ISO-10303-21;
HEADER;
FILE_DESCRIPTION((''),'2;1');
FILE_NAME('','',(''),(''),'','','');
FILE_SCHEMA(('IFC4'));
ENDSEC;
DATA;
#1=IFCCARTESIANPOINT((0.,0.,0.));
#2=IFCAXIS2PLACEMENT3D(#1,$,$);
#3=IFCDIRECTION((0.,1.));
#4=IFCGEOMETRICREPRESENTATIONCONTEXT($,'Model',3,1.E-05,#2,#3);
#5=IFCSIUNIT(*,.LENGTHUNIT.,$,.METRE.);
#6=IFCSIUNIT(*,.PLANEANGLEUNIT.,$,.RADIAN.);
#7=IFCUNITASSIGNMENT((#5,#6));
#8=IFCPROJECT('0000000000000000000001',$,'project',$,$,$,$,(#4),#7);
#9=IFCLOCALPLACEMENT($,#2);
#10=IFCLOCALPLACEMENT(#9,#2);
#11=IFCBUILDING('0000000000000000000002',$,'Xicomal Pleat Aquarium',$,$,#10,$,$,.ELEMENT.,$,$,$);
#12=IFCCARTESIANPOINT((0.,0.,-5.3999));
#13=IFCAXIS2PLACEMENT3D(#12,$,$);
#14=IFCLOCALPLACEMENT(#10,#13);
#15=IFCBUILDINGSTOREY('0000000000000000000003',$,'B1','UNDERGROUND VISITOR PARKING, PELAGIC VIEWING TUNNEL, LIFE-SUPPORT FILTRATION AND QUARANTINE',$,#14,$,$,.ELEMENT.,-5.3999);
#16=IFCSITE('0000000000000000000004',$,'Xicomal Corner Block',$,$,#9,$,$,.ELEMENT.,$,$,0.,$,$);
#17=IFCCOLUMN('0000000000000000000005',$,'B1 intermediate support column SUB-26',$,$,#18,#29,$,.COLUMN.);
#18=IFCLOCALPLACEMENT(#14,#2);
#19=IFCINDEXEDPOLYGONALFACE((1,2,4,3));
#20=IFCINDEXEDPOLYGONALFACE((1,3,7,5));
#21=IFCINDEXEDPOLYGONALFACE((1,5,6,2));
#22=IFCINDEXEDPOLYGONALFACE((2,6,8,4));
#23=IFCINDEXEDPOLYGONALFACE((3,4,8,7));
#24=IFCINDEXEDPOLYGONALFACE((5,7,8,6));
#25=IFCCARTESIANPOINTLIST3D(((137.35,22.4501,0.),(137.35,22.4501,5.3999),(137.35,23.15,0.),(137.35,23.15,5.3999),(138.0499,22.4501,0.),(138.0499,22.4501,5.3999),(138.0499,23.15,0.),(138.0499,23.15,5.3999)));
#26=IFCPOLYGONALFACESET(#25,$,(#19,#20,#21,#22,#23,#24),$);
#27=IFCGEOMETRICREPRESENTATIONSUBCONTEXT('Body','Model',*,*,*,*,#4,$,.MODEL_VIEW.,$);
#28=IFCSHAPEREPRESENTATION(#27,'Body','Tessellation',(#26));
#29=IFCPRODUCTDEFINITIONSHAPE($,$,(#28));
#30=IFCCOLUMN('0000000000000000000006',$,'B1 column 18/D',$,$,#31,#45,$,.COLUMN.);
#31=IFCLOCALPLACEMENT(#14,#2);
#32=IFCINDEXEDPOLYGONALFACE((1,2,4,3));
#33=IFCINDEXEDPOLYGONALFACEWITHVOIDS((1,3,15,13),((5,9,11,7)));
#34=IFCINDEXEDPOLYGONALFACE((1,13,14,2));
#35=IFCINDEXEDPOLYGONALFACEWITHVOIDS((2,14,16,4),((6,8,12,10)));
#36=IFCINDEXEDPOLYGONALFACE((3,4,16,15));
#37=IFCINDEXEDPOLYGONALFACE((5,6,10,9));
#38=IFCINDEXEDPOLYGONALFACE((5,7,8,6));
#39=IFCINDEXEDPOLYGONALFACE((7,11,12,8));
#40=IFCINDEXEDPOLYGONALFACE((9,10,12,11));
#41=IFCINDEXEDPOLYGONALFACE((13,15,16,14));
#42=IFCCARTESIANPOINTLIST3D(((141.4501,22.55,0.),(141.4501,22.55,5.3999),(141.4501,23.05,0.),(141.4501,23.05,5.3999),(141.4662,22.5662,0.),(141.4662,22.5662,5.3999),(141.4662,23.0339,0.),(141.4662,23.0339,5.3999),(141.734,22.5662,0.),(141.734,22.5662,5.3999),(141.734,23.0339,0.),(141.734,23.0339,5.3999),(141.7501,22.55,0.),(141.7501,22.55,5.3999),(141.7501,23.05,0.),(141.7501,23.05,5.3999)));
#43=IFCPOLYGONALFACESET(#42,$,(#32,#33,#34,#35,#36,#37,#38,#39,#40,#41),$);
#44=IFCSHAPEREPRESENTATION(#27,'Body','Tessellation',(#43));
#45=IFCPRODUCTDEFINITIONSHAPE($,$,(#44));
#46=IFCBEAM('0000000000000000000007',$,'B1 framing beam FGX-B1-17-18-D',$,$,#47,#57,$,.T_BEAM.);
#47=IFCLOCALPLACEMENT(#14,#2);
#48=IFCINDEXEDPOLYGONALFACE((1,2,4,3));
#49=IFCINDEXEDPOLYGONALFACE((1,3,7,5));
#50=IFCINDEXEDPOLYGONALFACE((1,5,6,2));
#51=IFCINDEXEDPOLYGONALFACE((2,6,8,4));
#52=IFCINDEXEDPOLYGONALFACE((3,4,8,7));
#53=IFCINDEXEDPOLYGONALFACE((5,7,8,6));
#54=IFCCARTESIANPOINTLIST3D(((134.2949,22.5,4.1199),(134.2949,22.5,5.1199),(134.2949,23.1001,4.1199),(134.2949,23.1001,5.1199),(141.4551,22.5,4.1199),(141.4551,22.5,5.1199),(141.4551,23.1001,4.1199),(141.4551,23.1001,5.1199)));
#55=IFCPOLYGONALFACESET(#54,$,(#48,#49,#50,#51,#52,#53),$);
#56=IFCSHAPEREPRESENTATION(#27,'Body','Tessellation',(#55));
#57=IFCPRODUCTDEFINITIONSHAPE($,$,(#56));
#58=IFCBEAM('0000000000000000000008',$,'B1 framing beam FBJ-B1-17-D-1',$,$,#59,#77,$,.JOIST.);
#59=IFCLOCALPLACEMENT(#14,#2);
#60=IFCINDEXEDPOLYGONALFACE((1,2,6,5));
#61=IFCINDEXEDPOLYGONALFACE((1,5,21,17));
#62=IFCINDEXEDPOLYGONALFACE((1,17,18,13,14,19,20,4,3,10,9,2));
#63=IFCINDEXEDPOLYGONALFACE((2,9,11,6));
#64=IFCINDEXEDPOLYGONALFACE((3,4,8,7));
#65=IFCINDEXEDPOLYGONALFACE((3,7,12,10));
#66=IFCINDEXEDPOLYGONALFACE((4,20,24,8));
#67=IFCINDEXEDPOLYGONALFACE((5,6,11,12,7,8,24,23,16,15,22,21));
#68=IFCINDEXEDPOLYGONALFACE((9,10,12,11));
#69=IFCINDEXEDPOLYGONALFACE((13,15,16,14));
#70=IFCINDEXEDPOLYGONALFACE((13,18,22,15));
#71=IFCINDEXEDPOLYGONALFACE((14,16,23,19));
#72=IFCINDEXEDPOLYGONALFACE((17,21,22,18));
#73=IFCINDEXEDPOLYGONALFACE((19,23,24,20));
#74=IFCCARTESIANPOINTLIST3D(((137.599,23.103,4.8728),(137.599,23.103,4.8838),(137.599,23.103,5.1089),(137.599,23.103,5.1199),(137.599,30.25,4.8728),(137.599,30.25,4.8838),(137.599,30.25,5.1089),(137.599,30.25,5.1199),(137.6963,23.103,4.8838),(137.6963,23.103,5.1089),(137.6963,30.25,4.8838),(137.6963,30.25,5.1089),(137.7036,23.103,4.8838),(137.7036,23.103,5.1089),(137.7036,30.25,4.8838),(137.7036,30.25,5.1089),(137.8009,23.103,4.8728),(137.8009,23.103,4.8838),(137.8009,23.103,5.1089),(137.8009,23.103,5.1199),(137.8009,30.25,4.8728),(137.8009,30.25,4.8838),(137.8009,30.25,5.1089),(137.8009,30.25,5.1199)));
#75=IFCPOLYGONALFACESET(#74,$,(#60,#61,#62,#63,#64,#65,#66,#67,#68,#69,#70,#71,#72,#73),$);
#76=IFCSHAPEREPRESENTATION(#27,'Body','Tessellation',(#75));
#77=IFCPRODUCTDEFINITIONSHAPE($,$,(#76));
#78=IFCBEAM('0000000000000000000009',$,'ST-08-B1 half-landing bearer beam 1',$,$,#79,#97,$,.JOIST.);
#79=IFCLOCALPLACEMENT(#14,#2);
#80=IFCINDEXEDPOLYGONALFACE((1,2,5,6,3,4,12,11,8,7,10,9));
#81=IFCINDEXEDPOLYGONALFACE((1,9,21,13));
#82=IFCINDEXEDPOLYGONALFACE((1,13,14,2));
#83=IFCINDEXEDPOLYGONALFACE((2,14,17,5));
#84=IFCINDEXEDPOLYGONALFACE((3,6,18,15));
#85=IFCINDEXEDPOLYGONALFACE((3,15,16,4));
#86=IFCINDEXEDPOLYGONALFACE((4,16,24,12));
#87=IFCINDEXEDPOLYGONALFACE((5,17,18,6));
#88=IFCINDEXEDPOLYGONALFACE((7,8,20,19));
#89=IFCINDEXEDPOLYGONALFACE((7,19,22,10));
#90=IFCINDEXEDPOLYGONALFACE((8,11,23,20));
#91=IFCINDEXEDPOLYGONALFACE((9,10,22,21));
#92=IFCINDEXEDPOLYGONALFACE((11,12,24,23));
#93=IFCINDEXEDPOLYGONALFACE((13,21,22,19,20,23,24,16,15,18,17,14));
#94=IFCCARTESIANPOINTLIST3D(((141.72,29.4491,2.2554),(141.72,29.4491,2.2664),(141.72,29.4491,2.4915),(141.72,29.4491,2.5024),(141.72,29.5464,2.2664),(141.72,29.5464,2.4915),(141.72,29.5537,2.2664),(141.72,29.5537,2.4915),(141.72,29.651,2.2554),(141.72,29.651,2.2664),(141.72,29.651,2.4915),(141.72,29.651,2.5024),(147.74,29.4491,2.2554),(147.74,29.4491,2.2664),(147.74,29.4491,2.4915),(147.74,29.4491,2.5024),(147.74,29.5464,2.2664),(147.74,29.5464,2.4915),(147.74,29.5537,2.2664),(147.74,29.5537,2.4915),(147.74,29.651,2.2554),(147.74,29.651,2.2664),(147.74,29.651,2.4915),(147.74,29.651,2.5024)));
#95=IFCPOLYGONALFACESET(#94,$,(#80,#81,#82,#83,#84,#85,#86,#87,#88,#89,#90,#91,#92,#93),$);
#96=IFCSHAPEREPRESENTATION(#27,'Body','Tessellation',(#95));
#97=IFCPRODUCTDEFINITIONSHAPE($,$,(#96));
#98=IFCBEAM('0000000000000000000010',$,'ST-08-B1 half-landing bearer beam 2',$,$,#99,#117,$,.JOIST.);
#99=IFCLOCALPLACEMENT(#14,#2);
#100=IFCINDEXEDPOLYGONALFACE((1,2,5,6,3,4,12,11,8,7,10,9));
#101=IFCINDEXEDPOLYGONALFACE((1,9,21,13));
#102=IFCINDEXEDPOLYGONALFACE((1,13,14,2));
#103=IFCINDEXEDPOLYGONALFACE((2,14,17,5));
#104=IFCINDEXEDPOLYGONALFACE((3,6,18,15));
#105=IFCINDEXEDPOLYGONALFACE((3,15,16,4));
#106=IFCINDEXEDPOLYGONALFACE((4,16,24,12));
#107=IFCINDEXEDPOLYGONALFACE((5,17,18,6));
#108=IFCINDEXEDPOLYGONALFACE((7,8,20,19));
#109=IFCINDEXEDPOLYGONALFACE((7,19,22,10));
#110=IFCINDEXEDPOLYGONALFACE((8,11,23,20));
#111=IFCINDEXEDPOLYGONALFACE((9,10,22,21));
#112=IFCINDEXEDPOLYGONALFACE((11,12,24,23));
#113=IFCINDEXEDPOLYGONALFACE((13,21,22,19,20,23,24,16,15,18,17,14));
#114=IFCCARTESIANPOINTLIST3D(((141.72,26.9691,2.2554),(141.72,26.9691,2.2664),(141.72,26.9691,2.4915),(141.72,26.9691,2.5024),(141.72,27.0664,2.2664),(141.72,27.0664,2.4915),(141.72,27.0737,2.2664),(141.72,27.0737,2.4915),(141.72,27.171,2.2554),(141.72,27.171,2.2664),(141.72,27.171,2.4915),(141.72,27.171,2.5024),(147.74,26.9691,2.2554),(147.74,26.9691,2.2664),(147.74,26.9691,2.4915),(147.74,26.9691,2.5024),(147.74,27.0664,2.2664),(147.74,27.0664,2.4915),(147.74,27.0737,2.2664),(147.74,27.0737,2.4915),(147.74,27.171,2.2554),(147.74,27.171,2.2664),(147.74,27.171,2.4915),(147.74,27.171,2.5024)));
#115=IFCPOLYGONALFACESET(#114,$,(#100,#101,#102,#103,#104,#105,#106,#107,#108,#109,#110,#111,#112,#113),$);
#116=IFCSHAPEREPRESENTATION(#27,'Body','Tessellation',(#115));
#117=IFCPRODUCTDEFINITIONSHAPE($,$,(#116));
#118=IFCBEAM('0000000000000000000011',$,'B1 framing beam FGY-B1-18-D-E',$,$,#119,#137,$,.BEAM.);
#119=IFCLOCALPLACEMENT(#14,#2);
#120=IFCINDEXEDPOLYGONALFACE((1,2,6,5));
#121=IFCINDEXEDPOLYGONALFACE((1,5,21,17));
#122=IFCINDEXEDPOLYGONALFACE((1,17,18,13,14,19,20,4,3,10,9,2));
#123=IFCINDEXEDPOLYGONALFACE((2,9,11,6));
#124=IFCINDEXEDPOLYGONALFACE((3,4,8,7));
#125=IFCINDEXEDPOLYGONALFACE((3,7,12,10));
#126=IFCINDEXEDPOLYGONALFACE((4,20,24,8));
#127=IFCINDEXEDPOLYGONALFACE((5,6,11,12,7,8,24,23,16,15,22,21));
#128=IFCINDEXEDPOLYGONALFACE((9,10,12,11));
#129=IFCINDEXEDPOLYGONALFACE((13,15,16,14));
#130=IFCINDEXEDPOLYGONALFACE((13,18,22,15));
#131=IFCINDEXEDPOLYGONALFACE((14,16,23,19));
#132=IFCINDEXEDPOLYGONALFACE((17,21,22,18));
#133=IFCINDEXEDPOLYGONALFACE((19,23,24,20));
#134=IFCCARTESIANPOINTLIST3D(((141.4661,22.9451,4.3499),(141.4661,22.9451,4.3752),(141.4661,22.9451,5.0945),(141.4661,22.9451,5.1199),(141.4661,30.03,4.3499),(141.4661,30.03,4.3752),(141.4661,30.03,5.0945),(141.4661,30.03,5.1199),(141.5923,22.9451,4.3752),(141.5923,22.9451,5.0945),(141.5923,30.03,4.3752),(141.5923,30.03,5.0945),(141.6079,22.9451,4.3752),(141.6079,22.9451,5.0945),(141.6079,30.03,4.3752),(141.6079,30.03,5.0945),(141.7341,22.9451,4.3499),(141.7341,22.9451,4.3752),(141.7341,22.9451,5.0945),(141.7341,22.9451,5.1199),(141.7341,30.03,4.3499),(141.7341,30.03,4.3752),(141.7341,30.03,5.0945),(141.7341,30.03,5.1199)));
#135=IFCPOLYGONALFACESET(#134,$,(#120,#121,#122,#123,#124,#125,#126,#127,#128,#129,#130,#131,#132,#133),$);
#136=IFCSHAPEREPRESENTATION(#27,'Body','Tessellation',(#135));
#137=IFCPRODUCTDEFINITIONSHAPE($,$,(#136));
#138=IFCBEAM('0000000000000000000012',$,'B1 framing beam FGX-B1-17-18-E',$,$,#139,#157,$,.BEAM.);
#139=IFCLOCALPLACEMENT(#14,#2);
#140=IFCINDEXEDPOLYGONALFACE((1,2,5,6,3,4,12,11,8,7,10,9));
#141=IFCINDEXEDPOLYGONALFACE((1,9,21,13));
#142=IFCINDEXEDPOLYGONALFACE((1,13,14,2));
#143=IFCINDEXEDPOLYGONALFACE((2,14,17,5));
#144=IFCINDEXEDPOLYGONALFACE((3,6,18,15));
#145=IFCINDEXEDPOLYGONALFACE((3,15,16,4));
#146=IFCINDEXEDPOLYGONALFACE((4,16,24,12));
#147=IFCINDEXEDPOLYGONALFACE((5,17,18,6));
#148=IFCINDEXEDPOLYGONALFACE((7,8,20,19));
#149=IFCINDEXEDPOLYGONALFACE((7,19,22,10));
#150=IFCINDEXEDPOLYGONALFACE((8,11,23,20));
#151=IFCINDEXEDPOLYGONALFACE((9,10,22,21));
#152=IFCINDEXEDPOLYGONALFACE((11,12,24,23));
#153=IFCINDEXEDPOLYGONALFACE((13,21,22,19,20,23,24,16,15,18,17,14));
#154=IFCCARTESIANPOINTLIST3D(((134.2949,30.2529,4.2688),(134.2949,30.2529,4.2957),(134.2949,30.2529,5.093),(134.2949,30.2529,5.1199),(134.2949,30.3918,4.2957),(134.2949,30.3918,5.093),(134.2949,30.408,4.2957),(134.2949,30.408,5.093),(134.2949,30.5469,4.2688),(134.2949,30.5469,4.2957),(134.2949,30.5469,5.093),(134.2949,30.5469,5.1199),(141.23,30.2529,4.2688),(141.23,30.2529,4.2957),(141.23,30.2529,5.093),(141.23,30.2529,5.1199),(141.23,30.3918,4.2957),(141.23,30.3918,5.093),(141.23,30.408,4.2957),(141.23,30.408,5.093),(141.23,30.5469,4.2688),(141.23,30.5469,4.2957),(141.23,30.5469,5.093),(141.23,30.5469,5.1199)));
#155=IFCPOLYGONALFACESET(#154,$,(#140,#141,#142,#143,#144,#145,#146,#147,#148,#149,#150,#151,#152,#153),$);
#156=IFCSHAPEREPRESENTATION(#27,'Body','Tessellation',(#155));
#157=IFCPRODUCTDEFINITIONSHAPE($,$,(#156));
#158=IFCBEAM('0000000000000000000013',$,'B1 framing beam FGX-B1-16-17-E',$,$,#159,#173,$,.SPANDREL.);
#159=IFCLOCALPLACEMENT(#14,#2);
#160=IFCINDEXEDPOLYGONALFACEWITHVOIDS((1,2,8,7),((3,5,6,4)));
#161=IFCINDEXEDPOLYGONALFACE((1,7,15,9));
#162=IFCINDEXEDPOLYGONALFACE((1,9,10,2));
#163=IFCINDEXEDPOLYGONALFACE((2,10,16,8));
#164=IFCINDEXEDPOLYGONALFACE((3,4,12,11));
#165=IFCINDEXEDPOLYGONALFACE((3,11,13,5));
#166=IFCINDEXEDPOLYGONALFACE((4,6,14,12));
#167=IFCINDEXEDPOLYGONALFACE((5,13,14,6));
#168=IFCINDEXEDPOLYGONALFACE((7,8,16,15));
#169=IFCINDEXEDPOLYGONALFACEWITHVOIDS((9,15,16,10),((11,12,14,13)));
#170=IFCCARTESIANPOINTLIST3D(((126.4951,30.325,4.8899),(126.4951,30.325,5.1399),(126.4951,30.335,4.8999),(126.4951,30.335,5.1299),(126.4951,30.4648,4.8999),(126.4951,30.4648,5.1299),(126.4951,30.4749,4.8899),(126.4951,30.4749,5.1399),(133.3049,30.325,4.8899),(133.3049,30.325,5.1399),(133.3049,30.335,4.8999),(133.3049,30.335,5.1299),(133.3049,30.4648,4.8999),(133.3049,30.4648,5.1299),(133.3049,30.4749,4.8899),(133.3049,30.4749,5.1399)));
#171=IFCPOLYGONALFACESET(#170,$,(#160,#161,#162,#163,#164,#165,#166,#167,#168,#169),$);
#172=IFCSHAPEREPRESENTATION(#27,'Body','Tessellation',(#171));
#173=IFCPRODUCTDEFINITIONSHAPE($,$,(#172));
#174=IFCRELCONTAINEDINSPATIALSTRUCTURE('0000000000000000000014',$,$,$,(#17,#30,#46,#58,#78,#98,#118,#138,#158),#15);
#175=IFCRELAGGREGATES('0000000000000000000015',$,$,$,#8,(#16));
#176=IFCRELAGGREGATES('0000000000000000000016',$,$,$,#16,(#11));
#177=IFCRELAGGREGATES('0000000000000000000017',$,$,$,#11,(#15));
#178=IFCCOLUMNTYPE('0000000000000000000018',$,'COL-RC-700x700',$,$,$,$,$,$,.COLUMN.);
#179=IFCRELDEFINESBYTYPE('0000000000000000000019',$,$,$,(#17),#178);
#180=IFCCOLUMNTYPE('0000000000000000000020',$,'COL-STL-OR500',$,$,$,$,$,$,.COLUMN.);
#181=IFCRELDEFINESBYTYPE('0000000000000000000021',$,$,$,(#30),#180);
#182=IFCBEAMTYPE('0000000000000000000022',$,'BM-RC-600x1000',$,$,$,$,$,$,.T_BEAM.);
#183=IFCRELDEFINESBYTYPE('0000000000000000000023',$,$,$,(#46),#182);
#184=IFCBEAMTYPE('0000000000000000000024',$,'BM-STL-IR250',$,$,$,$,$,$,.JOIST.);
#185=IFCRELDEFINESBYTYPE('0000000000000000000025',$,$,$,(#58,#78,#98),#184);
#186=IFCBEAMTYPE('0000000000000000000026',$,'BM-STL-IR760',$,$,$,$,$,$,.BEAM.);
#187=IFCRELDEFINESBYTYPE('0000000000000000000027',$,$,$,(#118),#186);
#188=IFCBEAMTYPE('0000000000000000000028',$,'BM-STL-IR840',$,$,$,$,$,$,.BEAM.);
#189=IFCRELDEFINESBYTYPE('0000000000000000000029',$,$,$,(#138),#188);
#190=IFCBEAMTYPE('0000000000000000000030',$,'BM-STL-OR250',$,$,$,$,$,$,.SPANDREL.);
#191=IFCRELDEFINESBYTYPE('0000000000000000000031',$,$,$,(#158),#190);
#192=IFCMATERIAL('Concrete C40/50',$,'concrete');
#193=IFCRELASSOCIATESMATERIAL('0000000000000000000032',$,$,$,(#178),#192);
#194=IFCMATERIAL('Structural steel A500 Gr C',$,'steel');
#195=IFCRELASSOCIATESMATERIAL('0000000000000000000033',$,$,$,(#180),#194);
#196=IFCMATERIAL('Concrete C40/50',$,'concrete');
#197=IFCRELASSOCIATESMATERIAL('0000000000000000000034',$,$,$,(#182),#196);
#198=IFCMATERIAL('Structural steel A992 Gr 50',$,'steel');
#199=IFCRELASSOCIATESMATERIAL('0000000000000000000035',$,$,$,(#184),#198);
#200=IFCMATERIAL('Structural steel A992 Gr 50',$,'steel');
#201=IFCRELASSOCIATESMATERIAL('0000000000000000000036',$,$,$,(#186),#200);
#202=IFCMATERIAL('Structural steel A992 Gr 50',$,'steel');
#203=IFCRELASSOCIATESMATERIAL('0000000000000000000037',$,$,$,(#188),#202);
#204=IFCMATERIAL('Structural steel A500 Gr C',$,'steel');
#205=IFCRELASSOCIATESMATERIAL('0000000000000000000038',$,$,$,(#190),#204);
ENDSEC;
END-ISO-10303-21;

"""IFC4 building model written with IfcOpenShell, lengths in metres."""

from ifc_helpers import new_model, si_unit, direction, frame, origin, origin_2d, place, context, subcontext, project, spatial, rectangle, hollow_rectangle, i_section, extrude, material, material_profile, profile_set, type_object, element, save


model = new_model("IFC4")

# Units and contexts
model_context = context("Model", 3, precision=1e-05, world=origin(), true_north=direction((0.0, 1.0)))
body_context = subcontext(model_context, "Body", "Model", "MODEL_VIEW")
ifc_project = project(units=[si_unit("LENGTHUNIT", "METRE"), si_unit("PLANEANGLEUNIT", "RADIAN")], contexts=[model_context])

# Site, building, storey
site_placement = place(None, origin())
site = spatial("IfcSite", under=ifc_project, at=site_placement, Name="Xicomal Corner Block", CompositionType="ELEMENT", RefElevation=0.0)
building_placement = place(site_placement, origin())
building = spatial("IfcBuilding", under=site, at=building_placement, Name="Xicomal Pleat Aquarium", CompositionType="ELEMENT")
storey_placement = place(building_placement, frame((0.0, 0.0, -5.3999)))
storey = spatial("IfcBuildingStorey", under=building, at=storey_placement, Name="B1", Description="UNDERGROUND VISITOR PARKING, PELAGIC VIEWING TUNNEL, LIFE-SUPPORT FILTRATION AND QUARANTINE", CompositionType="ELEMENT", Elevation=-5.3999)

# Columns
ifc_material_1 = material(Name="Concrete C40/50", Category="concrete")
ifc_material_profile_1 = material_profile(ifc_material_1, rectangle(XDim=0.7, YDim=0.7, at=origin_2d()), Name="RC 700x700")
ifc_profile_set_1 = profile_set([ifc_material_profile_1], Name="Concrete C40/50")
column_type_1 = type_object("IfcColumnType", Name="COL-RC-700x700", PredefinedType="COLUMN", material=ifc_profile_set_1)
column_1_placement = place(storey_placement, frame((137.7, 22.8, 0.0), z_axis=(0.0, 0.0, 1.0), x_axis=(1.0, 0.0, 0.0)))
element("IfcColumn", 1, at=column_1_placement, inside=storey, type_object=column_type_1, Name="B1 intermediate support column SUB-26", PredefinedType="COLUMN", context=body_context, shape_type="SweptSolid", body=[
    extrude(rectangle(XDim=0.7, YDim=0.7, at=origin_2d()), origin(), (0.0, 0.0, 1.0), 5.3999),
])
ifc_material_2 = material(Name="Structural steel A500 Gr C", Category="steel")
ifc_material_profile_2 = material_profile(ifc_material_2, hollow_rectangle(XDim=0.3, YDim=0.5, WallThickness=0.0161, at=origin_2d()), Name="OR 500x300x16")
ifc_profile_set_2 = profile_set([ifc_material_profile_2], Name="Structural steel A500 Gr C")
column_type_2 = type_object("IfcColumnType", Name="COL-STL-OR500", PredefinedType="COLUMN", material=ifc_profile_set_2)
column_2_placement = place(storey_placement, frame((141.6001, 22.8, 0.0), z_axis=(0.0, 0.0, 1.0), x_axis=(1.0, 0.0, 0.0)))
element("IfcColumn", 2, at=column_2_placement, inside=storey, type_object=column_type_2, Name="B1 column 18/D", PredefinedType="COLUMN", context=body_context, shape_type="SweptSolid", body=[
    extrude(hollow_rectangle(XDim=0.3, YDim=0.5, WallThickness=0.0161, at=origin_2d()), origin(), (0.0, 0.0, 1.0), 5.3999),
])

# Beams
ifc_material_3 = material(Name="Concrete C40/50", Category="concrete")
ifc_material_profile_3 = material_profile(ifc_material_3, rectangle(XDim=0.6001, YDim=1.0, at=origin_2d()), Name="RC 600x1000")
ifc_profile_set_3 = profile_set([ifc_material_profile_3], Name="Concrete C40/50")
beam_type_1 = type_object("IfcBeamType", Name="BM-RC-600x1000", PredefinedType="T_BEAM", material=ifc_profile_set_3)
beam_1_placement = place(storey_placement, frame((134.2949, 22.8, 4.6199), z_axis=(1.0, 0.0, 0.0), x_axis=(0.0, 1.0, 0.0)))
element("IfcBeam", 3, at=beam_1_placement, inside=storey, type_object=beam_type_1, Name="B1 framing beam FGX-B1-17-18-D", PredefinedType="T_BEAM", context=body_context, shape_type="SweptSolid", body=[
    extrude(rectangle(XDim=0.6001, YDim=1.0, at=origin_2d()), origin(), (0.0, 0.0, 1.0), 7.1602),
])
ifc_material_4 = material(Name="Structural steel A992 Gr 50", Category="steel")
ifc_material_profile_4 = material_profile(ifc_material_4, i_section(OverallWidth=0.2019, OverallDepth=0.2471, WebThickness=0.0073, FlangeThickness=0.011, at=origin_2d()), Name="IR 250x49")
ifc_profile_set_4 = profile_set([ifc_material_profile_4], Name="Structural steel A992 Gr 50")
beam_type_2 = type_object("IfcBeamType", Name="BM-STL-IR250", PredefinedType="JOIST", material=ifc_profile_set_4)
beam_2_placement = place(storey_placement, frame((137.7, 23.103, 4.9963), z_axis=(0.0, 1.0, 0.0), x_axis=(-1.0, 0.0, 0.0)))
element("IfcBeam", 4, at=beam_2_placement, inside=storey, type_object=beam_type_2, Name="B1 framing beam FBJ-B1-17-D-1", PredefinedType="JOIST", context=body_context, shape_type="SweptSolid", body=[
    extrude(i_section(OverallWidth=0.2019, OverallDepth=0.2471, WebThickness=0.0073, FlangeThickness=0.011, at=origin_2d()), origin(), (0.0, 0.0, 1.0), 7.147),
])
for number, where, z_axis, x_axis, name in (
    (5, (141.72, 29.55, 2.3789), (1.0, 0.0, 0.0), (0.0, 1.0, 0.0), "ST-08-B1 half-landing bearer beam 1"),
    (6, (141.72, 27.0701, 2.3789), (1.0, 0.0, 0.0), (0.0, 1.0, 0.0), "ST-08-B1 half-landing bearer beam 2"),
):
    element("IfcBeam", number, at=place(storey_placement, frame(where, z_axis=z_axis, x_axis=x_axis)), inside=storey, type_object=beam_type_2, Name=name, PredefinedType="JOIST", context=body_context, shape_type="SweptSolid", body=[
        extrude(i_section(OverallWidth=0.2019, OverallDepth=0.2471, WebThickness=0.0073, FlangeThickness=0.011, at=origin_2d()), origin(), (0.0, 0.0, 1.0), 6.02),
    ])
ifc_material_5 = material(Name="Structural steel A992 Gr 50", Category="steel")
ifc_material_profile_5 = material_profile(ifc_material_5, i_section(OverallWidth=0.2681, OverallDepth=0.77, WebThickness=0.0156, FlangeThickness=0.0254, at=origin_2d()), Name="IR 760x196")
ifc_profile_set_5 = profile_set([ifc_material_profile_5], Name="Structural steel A992 Gr 50")
beam_type_3 = type_object("IfcBeamType", Name="BM-STL-IR760", PredefinedType="BEAM", material=ifc_profile_set_5)
beam_3_placement = place(storey_placement, frame((141.6001, 22.9451, 4.7349), z_axis=(0.0, 1.0, 0.0), x_axis=(-1.0, 0.0, 0.0)))
element("IfcBeam", 7, at=beam_3_placement, inside=storey, type_object=beam_type_3, Name="B1 framing beam FGY-B1-18-D-E", PredefinedType="BEAM", context=body_context, shape_type="SweptSolid", body=[
    extrude(i_section(OverallWidth=0.2681, OverallDepth=0.77, WebThickness=0.0156, FlangeThickness=0.0254, at=origin_2d()), origin(), (0.0, 0.0, 1.0), 7.085),
])
ifc_material_6 = material(Name="Structural steel A992 Gr 50", Category="steel")
ifc_material_profile_6 = material_profile(ifc_material_6, i_section(OverallWidth=0.2939, OverallDepth=0.8511, WebThickness=0.0161, FlangeThickness=0.0269, at=origin_2d()), Name="IR 840x226")
ifc_profile_set_6 = profile_set([ifc_material_profile_6], Name="Structural steel A992 Gr 50")
beam_type_4 = type_object("IfcBeamType", Name="BM-STL-IR840", PredefinedType="BEAM", material=ifc_profile_set_6)
beam_4_placement = place(storey_placement, frame((134.2949, 30.3999, 4.6943), z_axis=(1.0, 0.0, 0.0), x_axis=(0.0, 1.0, 0.0)))
element("IfcBeam", 8, at=beam_4_placement, inside=storey, type_object=beam_type_4, Name="B1 framing beam FGX-B1-17-18-E", PredefinedType="BEAM", context=body_context, shape_type="SweptSolid", body=[
    extrude(i_section(OverallWidth=0.2939, OverallDepth=0.8511, WebThickness=0.0161, FlangeThickness=0.0269, at=origin_2d()), origin(), (0.0, 0.0, 1.0), 6.9351),
])
ifc_material_7 = material(Name="Structural steel A500 Gr C", Category="steel")
ifc_material_profile_7 = material_profile(ifc_material_7, hollow_rectangle(XDim=0.1499, YDim=0.25, WallThickness=0.01, at=origin_2d()), Name="OR 250x150x10")
ifc_profile_set_7 = profile_set([ifc_material_profile_7], Name="Structural steel A500 Gr C")
beam_type_5 = type_object("IfcBeamType", Name="BM-STL-OR250", PredefinedType="SPANDREL", material=ifc_profile_set_7)
beam_5_placement = place(storey_placement, frame((126.4951, 30.3999, 5.0149), z_axis=(1.0, 0.0, 0.0), x_axis=(0.0, 1.0, 0.0)))
element("IfcBeam", 9, at=beam_5_placement, inside=storey, type_object=beam_type_5, Name="B1 framing beam FGX-B1-16-17-E", PredefinedType="SPANDREL", context=body_context, shape_type="SweptSolid", body=[
    extrude(hollow_rectangle(XDim=0.1499, YDim=0.25, WallThickness=0.01, at=origin_2d()), origin(), (0.0, 0.0, 1.0), 6.8098),
])

save(model, "model.ifc")
